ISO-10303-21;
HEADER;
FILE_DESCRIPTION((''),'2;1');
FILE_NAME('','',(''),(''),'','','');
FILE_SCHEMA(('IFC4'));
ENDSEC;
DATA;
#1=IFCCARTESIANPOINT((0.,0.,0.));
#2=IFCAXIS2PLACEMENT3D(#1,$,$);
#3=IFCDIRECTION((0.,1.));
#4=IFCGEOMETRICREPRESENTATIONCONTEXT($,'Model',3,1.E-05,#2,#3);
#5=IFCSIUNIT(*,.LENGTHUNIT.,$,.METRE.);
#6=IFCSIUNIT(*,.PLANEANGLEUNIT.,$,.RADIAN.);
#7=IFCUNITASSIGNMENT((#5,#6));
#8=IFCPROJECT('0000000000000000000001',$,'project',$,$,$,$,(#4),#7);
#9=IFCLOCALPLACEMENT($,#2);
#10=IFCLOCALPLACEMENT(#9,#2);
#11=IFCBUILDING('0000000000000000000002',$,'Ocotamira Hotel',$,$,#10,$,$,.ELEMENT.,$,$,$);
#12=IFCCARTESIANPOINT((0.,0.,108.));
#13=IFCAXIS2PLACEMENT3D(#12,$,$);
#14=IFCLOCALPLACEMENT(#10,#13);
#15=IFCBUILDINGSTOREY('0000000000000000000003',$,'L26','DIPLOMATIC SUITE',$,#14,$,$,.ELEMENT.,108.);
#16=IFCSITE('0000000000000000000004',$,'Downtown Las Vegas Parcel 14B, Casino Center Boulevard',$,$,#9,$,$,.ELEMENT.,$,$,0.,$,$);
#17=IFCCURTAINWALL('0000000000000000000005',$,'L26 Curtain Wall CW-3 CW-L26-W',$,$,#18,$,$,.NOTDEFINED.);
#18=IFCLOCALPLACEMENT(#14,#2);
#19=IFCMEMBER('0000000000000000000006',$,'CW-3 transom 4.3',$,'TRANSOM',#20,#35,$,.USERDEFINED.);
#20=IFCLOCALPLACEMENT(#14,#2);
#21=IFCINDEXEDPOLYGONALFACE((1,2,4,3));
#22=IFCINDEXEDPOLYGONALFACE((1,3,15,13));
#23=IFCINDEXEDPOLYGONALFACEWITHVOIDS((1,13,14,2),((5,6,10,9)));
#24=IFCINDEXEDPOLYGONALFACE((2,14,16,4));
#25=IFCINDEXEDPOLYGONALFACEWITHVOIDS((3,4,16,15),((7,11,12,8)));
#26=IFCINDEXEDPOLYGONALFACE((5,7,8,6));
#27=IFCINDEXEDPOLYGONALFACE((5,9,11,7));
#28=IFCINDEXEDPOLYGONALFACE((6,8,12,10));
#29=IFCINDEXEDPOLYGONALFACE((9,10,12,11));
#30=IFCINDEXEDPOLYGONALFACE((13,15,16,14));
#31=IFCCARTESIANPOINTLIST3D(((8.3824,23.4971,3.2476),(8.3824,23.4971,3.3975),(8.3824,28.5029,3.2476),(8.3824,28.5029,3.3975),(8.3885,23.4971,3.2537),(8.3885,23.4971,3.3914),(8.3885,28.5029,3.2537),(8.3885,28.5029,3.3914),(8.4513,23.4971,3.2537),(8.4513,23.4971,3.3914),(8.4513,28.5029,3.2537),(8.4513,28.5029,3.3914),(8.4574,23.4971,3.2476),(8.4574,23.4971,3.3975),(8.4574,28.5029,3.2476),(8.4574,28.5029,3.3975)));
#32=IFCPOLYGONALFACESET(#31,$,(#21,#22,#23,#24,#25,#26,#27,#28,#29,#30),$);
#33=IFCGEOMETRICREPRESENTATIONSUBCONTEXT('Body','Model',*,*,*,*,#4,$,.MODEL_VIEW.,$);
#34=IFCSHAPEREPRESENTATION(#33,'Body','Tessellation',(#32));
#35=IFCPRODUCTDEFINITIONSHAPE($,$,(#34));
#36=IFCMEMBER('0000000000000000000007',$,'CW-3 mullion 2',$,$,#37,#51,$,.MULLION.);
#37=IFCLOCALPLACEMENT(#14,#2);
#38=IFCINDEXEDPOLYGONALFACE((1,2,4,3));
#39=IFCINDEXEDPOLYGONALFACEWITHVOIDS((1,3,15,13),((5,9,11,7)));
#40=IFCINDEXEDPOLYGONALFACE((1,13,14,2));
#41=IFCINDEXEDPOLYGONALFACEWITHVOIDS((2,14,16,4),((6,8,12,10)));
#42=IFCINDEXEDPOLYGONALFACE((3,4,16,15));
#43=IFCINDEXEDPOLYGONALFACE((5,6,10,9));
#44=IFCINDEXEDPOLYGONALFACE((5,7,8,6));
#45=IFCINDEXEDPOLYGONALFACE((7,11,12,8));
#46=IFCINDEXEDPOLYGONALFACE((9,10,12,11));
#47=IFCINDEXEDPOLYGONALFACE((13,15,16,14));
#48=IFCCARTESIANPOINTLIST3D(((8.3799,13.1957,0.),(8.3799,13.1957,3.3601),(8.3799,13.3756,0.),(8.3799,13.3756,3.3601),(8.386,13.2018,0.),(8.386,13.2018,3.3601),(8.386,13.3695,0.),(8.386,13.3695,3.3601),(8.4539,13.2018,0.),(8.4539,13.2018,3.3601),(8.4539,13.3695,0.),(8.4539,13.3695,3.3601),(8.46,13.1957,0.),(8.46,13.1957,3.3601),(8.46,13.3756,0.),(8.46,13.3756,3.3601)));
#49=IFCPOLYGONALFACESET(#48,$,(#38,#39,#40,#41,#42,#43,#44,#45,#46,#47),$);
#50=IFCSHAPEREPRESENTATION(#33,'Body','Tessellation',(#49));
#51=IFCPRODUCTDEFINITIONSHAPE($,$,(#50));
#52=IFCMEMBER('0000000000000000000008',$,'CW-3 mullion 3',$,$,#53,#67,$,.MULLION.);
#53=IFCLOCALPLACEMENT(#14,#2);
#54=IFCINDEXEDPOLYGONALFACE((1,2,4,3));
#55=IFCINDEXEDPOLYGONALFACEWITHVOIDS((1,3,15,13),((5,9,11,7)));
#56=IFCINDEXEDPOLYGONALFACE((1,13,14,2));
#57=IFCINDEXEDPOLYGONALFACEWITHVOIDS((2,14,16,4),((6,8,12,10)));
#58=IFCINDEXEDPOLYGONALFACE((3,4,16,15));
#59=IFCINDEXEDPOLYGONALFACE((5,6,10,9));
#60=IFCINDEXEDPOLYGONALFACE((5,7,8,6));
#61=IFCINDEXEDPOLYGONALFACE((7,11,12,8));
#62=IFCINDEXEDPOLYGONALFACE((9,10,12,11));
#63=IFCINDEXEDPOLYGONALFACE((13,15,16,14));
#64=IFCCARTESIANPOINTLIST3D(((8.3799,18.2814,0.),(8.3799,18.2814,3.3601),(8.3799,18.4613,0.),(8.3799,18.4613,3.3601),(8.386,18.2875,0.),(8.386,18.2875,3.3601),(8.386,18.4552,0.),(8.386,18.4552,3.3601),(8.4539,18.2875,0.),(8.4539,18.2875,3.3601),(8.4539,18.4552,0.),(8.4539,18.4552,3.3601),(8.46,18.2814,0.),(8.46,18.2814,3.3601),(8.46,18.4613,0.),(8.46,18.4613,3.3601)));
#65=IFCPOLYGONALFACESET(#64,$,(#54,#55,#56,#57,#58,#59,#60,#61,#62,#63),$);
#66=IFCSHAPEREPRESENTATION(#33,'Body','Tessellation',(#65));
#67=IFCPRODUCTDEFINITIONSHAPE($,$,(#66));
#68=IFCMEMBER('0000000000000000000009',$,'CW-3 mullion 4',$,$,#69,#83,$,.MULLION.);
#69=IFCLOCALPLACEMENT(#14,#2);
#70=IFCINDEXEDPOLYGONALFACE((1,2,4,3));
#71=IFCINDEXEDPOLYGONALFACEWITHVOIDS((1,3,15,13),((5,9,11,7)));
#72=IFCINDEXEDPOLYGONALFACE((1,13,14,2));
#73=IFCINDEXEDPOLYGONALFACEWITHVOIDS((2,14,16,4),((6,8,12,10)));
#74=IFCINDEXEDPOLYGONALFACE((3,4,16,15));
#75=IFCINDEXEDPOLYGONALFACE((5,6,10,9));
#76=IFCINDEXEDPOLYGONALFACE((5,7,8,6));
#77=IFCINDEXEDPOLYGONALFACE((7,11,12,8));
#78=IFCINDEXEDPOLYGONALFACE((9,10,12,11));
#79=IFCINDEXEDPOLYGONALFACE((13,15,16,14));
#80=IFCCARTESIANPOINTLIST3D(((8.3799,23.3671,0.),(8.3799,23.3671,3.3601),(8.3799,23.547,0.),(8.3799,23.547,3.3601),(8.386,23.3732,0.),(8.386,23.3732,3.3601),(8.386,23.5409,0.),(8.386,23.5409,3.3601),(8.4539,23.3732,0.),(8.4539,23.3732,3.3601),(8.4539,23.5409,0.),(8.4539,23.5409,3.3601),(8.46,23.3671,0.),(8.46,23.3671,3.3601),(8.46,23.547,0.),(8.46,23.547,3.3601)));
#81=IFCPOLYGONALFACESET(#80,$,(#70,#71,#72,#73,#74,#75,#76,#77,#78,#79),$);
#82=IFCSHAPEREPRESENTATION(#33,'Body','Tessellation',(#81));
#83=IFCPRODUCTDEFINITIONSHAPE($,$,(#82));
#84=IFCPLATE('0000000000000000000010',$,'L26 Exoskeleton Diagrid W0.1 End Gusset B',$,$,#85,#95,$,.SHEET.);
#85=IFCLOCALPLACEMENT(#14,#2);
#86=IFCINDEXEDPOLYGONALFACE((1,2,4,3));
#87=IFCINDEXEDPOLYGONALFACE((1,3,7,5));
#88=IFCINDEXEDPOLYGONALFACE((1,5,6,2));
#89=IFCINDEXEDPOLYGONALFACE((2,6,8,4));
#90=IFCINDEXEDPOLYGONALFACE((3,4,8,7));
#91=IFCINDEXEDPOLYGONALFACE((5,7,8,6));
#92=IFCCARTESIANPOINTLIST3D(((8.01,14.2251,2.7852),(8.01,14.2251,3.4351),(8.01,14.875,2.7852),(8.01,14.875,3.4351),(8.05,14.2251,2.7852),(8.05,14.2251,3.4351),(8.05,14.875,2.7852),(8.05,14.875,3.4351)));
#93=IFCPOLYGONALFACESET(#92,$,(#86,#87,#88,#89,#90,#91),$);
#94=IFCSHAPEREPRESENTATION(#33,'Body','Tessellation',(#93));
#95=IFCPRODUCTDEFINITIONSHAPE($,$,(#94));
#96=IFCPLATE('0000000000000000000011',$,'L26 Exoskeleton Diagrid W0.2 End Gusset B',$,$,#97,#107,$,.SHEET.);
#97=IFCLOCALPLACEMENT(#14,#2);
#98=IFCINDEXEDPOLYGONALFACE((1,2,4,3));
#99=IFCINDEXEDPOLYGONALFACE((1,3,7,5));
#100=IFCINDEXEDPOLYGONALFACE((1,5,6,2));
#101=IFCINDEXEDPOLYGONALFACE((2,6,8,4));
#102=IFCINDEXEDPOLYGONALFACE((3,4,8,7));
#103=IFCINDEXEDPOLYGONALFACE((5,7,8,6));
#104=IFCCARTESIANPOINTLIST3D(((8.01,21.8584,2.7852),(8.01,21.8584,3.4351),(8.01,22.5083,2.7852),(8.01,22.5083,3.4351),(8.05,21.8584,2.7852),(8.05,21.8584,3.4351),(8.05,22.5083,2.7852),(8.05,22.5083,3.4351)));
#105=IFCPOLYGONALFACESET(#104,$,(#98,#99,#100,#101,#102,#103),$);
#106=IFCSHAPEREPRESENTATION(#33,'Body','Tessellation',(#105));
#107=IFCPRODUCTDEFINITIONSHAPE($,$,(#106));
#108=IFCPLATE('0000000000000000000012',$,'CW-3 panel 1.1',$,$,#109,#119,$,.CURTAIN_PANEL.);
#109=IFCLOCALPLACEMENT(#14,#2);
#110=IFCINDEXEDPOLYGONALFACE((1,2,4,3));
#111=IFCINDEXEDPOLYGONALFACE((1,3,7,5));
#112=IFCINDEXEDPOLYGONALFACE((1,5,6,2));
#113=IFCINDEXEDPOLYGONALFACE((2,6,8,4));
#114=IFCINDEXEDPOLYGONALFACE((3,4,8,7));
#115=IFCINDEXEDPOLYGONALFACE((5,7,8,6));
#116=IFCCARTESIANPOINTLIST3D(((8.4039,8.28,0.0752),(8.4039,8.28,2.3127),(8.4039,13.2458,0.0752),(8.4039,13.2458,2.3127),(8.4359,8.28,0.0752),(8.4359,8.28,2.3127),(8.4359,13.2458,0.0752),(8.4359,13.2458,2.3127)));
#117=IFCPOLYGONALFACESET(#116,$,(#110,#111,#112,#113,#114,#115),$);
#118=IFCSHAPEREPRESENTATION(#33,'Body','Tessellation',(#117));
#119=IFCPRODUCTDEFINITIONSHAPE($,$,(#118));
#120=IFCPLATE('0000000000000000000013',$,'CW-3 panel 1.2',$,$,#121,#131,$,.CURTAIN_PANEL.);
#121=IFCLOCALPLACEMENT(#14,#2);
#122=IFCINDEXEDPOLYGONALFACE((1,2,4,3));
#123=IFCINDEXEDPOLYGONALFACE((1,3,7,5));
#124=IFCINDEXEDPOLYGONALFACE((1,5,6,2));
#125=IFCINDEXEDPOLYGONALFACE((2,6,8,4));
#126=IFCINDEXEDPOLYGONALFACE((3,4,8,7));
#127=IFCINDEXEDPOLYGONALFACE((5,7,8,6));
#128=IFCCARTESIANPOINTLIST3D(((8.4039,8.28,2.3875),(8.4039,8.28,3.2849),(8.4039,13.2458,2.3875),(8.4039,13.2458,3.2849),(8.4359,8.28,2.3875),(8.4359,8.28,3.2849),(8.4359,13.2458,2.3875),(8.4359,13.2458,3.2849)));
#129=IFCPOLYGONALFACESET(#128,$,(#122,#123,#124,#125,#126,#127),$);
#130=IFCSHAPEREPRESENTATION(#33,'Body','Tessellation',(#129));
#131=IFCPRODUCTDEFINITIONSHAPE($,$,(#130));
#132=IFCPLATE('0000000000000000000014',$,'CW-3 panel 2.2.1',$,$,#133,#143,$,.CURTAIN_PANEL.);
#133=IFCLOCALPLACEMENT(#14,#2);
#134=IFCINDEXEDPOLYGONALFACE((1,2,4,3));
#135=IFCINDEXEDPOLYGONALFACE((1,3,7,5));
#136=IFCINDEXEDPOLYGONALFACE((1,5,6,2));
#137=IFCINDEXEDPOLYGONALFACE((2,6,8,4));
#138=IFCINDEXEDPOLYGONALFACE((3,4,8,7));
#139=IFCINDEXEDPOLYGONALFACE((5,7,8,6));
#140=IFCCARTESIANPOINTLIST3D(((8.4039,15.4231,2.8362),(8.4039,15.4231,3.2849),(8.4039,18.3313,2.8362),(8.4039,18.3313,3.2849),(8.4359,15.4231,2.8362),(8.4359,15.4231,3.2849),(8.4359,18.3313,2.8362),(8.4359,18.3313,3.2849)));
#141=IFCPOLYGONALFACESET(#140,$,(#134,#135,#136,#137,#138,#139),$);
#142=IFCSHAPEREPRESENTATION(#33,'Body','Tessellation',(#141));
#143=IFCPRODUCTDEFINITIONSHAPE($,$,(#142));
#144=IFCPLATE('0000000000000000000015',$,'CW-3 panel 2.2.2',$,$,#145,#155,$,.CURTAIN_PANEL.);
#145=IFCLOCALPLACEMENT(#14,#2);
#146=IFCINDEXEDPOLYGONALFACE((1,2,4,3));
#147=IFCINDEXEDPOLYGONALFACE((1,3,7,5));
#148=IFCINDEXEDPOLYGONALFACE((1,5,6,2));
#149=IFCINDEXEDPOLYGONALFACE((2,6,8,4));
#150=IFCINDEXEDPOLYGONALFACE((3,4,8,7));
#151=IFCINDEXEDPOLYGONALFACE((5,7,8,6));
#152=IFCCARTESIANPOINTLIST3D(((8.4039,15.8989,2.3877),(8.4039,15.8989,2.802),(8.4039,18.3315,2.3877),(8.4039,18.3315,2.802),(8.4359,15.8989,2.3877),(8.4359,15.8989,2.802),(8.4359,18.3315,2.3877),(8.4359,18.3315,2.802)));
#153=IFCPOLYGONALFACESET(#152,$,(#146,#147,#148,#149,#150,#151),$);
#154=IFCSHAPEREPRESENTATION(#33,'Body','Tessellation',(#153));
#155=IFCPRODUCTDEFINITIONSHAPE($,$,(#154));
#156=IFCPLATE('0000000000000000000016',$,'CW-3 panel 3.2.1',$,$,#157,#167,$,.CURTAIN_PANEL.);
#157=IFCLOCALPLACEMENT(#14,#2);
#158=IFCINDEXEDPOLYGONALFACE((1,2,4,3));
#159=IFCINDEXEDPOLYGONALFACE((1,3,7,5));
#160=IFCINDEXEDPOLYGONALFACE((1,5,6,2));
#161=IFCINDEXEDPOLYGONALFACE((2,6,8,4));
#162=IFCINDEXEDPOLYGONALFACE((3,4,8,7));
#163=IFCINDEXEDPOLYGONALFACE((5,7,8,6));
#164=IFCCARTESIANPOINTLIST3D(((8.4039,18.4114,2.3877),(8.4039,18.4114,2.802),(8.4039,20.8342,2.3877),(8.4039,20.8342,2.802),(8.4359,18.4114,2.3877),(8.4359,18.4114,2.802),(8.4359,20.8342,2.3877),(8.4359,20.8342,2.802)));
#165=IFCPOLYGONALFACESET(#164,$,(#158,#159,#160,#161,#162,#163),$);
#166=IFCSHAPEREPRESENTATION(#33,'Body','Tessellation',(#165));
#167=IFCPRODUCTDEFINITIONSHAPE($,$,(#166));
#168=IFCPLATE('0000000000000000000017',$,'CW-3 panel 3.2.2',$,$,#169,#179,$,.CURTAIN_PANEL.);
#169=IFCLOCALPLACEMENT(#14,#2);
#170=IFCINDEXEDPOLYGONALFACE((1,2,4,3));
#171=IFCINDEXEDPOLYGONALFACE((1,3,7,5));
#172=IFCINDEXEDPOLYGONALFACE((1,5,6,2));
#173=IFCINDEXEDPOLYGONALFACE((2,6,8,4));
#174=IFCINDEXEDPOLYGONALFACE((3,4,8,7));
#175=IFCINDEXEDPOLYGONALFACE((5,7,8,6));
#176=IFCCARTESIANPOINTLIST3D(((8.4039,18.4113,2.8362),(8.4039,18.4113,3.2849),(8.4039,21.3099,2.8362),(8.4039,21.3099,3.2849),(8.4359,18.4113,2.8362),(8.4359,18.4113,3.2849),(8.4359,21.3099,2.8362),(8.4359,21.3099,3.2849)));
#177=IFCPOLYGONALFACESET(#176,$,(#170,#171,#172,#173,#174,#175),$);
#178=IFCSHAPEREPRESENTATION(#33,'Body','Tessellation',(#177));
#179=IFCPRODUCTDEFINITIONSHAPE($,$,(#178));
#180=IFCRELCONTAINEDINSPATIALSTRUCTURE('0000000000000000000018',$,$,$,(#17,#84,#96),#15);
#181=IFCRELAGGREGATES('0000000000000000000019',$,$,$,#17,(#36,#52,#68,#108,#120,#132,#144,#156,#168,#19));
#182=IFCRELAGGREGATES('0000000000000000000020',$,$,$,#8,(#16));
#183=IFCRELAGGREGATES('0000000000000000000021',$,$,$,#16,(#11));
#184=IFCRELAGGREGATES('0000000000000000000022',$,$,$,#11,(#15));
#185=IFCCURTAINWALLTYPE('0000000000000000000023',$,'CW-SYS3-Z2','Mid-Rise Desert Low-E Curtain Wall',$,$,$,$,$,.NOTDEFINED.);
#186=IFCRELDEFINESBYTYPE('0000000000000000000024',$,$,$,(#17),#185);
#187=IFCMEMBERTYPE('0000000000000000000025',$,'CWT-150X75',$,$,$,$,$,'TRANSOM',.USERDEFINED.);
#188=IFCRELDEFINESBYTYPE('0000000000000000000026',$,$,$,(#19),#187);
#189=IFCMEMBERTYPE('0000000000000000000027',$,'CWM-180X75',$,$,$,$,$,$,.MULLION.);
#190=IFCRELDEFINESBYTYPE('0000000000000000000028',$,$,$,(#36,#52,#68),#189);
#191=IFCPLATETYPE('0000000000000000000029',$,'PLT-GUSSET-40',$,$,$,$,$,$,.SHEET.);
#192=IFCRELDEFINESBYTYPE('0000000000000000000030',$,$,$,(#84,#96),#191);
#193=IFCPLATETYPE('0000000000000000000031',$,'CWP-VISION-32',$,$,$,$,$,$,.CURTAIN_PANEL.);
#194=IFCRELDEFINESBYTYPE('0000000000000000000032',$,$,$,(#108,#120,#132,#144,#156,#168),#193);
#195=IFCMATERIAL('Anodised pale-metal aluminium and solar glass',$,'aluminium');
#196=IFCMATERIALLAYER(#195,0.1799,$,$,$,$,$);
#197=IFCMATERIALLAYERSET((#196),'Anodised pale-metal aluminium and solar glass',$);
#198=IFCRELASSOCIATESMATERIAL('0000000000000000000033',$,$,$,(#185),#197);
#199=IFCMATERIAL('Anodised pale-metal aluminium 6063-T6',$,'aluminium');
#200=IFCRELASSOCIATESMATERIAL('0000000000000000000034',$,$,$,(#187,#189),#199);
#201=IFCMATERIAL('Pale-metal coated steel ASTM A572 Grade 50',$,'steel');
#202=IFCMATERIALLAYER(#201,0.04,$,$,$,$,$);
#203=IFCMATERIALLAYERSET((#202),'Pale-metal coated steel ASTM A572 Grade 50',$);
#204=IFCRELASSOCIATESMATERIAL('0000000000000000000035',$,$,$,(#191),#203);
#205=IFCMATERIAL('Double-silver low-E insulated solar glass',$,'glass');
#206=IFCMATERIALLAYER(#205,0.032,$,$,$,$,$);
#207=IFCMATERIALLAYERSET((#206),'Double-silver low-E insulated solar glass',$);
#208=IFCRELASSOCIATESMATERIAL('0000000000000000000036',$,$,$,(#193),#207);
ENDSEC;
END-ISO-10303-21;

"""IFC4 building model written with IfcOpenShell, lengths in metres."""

from ifc_helpers import new_model, si_unit, direction, frame, origin, origin_2d, place, context, subcontext, project, spatial, rectangle, hollow_rectangle, extrude, source, transform, mapped, material, layer, layer_set, material_profile, profile_set, type_object, element, aggregate, save


model = new_model("IFC4")

# Units and contexts
model_context = context("Model", 3, precision=1e-05, world=origin(), true_north=direction((0.0, 1.0)))
body_context = subcontext(model_context, "Body", "Model", "MODEL_VIEW")
ifc_project = project(units=[si_unit("LENGTHUNIT", "METRE"), si_unit("PLANEANGLEUNIT", "RADIAN")], contexts=[model_context])

# Site, building, storey
site_placement = place(None, origin())
site = spatial("IfcSite", under=ifc_project, at=site_placement, Name="Downtown Las Vegas Parcel 14B, Casino Center Boulevard", CompositionType="ELEMENT", RefElevation=0.0)
building_placement = place(site_placement, origin())
building = spatial("IfcBuilding", under=site, at=building_placement, Name="Ocotamira Hotel", CompositionType="ELEMENT")
storey_placement = place(building_placement, frame((0.0, 0.0, 108.0)))
storey = spatial("IfcBuildingStorey", under=building, at=storey_placement, Name="L26", Description="DIPLOMATIC SUITE", CompositionType="ELEMENT", Elevation=108.0)

# Curtain wall, members
ifc_material_1 = material(Name="Anodised pale-metal aluminium and solar glass", Category="aluminium")
ifc_layer_1 = layer(ifc_material_1, 0.1799)
ifc_layer_set_1 = layer_set([ifc_layer_1], Name="Anodised pale-metal aluminium and solar glass")
curtain_wall_type = type_object("IfcCurtainWallType", Name="CW-SYS3-Z2", Description="Mid-Rise Desert Low-E Curtain Wall", PredefinedType="NOTDEFINED", material=ifc_layer_set_1)
curtain_wall_placement = place(storey_placement, origin())
curtain_wall = element("IfcCurtainWall", 1, at=curtain_wall_placement, inside=storey, type_object=curtain_wall_type, Name="L26 Curtain Wall CW-3 CW-L26-W", PredefinedType="NOTDEFINED")
ifc_material_2 = material(Name="Anodised pale-metal aluminium 6063-T6", Category="aluminium")
ifc_material_profile_1 = material_profile(ifc_material_2, hollow_rectangle(XDim=0.075, YDim=0.1499, WallThickness=0.0061, at=origin_2d()), Name="HSS150X75X6")
ifc_profile_set_1 = profile_set([ifc_material_profile_1], Name="Anodised pale-metal aluminium 6063-T6")
member_type_1 = type_object("IfcMemberType", Name="CWT-150X75", ElementType="TRANSOM", PredefinedType="USERDEFINED", material=ifc_profile_set_1)
shared_shape_1 = source(origin(), body_context, "Body", "SweptSolid", [
    extrude(hollow_rectangle(XDim=0.075, YDim=0.1499, WallThickness=0.0061, at=origin_2d()), origin(), (0.0, 0.0, 1.0), 5.0059),
])
member_1_placement = place(storey_placement, frame((8.4199, 23.4971, 3.3225), z_axis=(0.0, 1.0, 0.0), x_axis=(-1.0, 0.0, 0.0)))
member_1 = element("IfcMember", 2, at=member_1_placement, type_object=member_type_1, Name="CW-3 transom 4.3", ObjectType="TRANSOM", PredefinedType="USERDEFINED", context=body_context, shape_type="MappedRepresentation", body=[
    mapped(shared_shape_1, transform((0.0, 0.0, 0.0), scale=1.0)),
])
ifc_material_profile_2 = material_profile(ifc_material_2, hollow_rectangle(XDim=0.0801, YDim=0.1799, WallThickness=0.0061, at=origin_2d()), Name="HSS180X80X6")
ifc_profile_set_2 = profile_set([ifc_material_profile_2], Name="Anodised pale-metal aluminium 6063-T6")
member_type_2 = type_object("IfcMemberType", Name="CWM-180X75", PredefinedType="MULLION", material=ifc_profile_set_2)
shared_shape_2 = source(origin(), body_context, "Body", "SweptSolid", [
    extrude(hollow_rectangle(XDim=0.0801, YDim=0.1799, WallThickness=0.0061, at=origin_2d()), origin(), (0.0, 0.0, 1.0), 3.3601),
])
member_2_placement = place(storey_placement, frame((8.4199, 13.2856, 0.0), z_axis=(0.0, 0.0, 1.0), x_axis=(-1.0, 0.0, 0.0)))
member_2 = element("IfcMember", 3, at=member_2_placement, type_object=member_type_2, Name="CW-3 mullion 2", PredefinedType="MULLION", context=body_context, shape_type="MappedRepresentation", body=[
    mapped(shared_shape_2, transform((0.0, 0.0, 0.0), scale=1.0)),
])
member_3_placement = place(storey_placement, frame((8.4199, 18.3713, 0.0), z_axis=(0.0, 0.0, 1.0), x_axis=(-1.0, 0.0, 0.0)))
member_3 = element("IfcMember", 4, at=member_3_placement, type_object=member_type_2, Name="CW-3 mullion 3", PredefinedType="MULLION", context=body_context, shape_type="MappedRepresentation", body=[
    mapped(shared_shape_2, transform((0.0, 0.0, 0.0), scale=1.0)),
])
member_4_placement = place(storey_placement, frame((8.4199, 23.457, 0.0), z_axis=(0.0, 0.0, 1.0), x_axis=(-1.0, 0.0, 0.0)))
member_4 = element("IfcMember", 5, at=member_4_placement, type_object=member_type_2, Name="CW-3 mullion 4", PredefinedType="MULLION", context=body_context, shape_type="MappedRepresentation", body=[
    mapped(shared_shape_2, transform((0.0, 0.0, 0.0), scale=1.0)),
])

# Plates
ifc_material_3 = material(Name="Pale-metal coated steel ASTM A572 Grade 50", Category="steel")
ifc_layer_2 = layer(ifc_material_3, 0.04)
ifc_layer_set_2 = layer_set([ifc_layer_2], Name="Pale-metal coated steel ASTM A572 Grade 50")
plate_type_1 = type_object("IfcPlateType", Name="PLT-GUSSET-40", PredefinedType="SHEET", material=ifc_layer_set_2)
shared_shape_3 = source(origin(), body_context, "Body", "SweptSolid", [
    extrude(rectangle(XDim=0.04, YDim=0.6499, at=origin_2d()), origin(), (0.0, 0.0, 1.0), 0.6499),
])
for number, where, z_axis, x_axis, name in (
    (6, (8.03, 14.55, 2.7852), (0.0, 0.0, 1.0), (1.0, 0.0, 0.0), "L26 Exoskeleton Diagrid W0.1 End Gusset B"),
    (7, (8.03, 22.1833, 2.7852), (0.0, 0.0, 1.0), (1.0, 0.0, 0.0), "L26 Exoskeleton Diagrid W0.2 End Gusset B"),
):
    element("IfcPlate", number, at=place(storey_placement, frame(where, z_axis=z_axis, x_axis=x_axis)), inside=storey, type_object=plate_type_1, Name=name, PredefinedType="SHEET", context=body_context, shape_type="MappedRepresentation", body=[
        mapped(shared_shape_3, transform((0.0, 0.0, 0.0), scale=1.0)),
    ])

# Plates
ifc_material_4 = material(Name="Double-silver low-E insulated solar glass", Category="glass")
ifc_layer_3 = layer(ifc_material_4, 0.032)
ifc_layer_set_3 = layer_set([ifc_layer_3], Name="Double-silver low-E insulated solar glass")
plate_type_2 = type_object("IfcPlateType", Name="CWP-VISION-32", PredefinedType="CURTAIN_PANEL", material=ifc_layer_set_3)
shared_shape_4 = source(origin(), body_context, "Body", "SweptSolid", [
    extrude(rectangle(XDim=4.9658, YDim=0.032, at=origin_2d()), origin(), (0.0, 0.0, 1.0), 2.2375),
])
plate_1_placement = place(storey_placement, frame((8.4199, 10.7629, 0.0752), z_axis=(0.0, 0.0, 1.0), x_axis=(0.0, 1.0, 0.0)))
plate_1 = element("IfcPlate", 8, at=plate_1_placement, type_object=plate_type_2, Name="CW-3 panel 1.1", PredefinedType="CURTAIN_PANEL", context=body_context, shape_type="MappedRepresentation", body=[
    mapped(shared_shape_4, transform((0.0, 0.0, 0.0), scale=1.0)),
])
shared_shape_5 = source(origin(), body_context, "Body", "SweptSolid", [
    extrude(rectangle(XDim=4.9658, YDim=0.032, at=origin_2d()), origin(), (0.0, 0.0, 1.0), 0.8975),
])
plate_2_placement = place(storey_placement, frame((8.4199, 10.7629, 2.3875), z_axis=(0.0, 0.0, 1.0), x_axis=(0.0, 1.0, 0.0)))
plate_2 = element("IfcPlate", 9, at=plate_2_placement, type_object=plate_type_2, Name="CW-3 panel 1.2", PredefinedType="CURTAIN_PANEL", context=body_context, shape_type="MappedRepresentation", body=[
    mapped(shared_shape_5, transform((0.0, 0.0, 0.0), scale=1.0)),
])
shared_shape_6 = source(origin(), body_context, "Body", "SweptSolid", [
    extrude(rectangle(XDim=2.9082, YDim=0.032, at=origin_2d()), origin(), (0.0, 0.0, 1.0), 0.4487),
])
plate_3_placement = place(storey_placement, frame((8.4199, 16.8772, 2.8362), z_axis=(0.0, 0.0, 1.0), x_axis=(0.0, 1.0, 0.0)))
plate_3 = element("IfcPlate", 10, at=plate_3_placement, type_object=plate_type_2, Name="CW-3 panel 2.2.1", PredefinedType="CURTAIN_PANEL", context=body_context, shape_type="MappedRepresentation", body=[
    mapped(shared_shape_6, transform((0.0, 0.0, 0.0), scale=1.0)),
])
shared_shape_7 = source(origin(), body_context, "Body", "SweptSolid", [
    extrude(rectangle(XDim=2.4326, YDim=0.032, at=origin_2d()), origin(), (0.0, 0.0, 1.0), 0.4143),
])
plate_4_placement = place(storey_placement, frame((8.4199, 17.1152, 2.3877), z_axis=(0.0, 0.0, 1.0), x_axis=(0.0, 1.0, 0.0)))
plate_4 = element("IfcPlate", 11, at=plate_4_placement, type_object=plate_type_2, Name="CW-3 panel 2.2.2", PredefinedType="CURTAIN_PANEL", context=body_context, shape_type="MappedRepresentation", body=[
    mapped(shared_shape_7, transform((0.0, 0.0, 0.0), scale=1.0)),
])
shared_shape_8 = source(origin(), body_context, "Body", "SweptSolid", [
    extrude(rectangle(XDim=2.4229, YDim=0.032, at=origin_2d()), origin(), (0.0, 0.0, 1.0), 0.4143),
])
plate_5_placement = place(storey_placement, frame((8.4199, 19.6228, 2.3877), z_axis=(0.0, 0.0, 1.0), x_axis=(0.0, 1.0, 0.0)))
plate_5 = element("IfcPlate", 12, at=plate_5_placement, type_object=plate_type_2, Name="CW-3 panel 3.2.1", PredefinedType="CURTAIN_PANEL", context=body_context, shape_type="MappedRepresentation", body=[
    mapped(shared_shape_8, transform((0.0, 0.0, 0.0), scale=1.0)),
])
shared_shape_9 = source(origin(), body_context, "Body", "SweptSolid", [
    extrude(rectangle(XDim=2.8987, YDim=0.032, at=origin_2d()), origin(), (0.0, 0.0, 1.0), 0.4487),
])
plate_6_placement = place(storey_placement, frame((8.4199, 19.8606, 2.8362), z_axis=(0.0, 0.0, 1.0), x_axis=(0.0, 1.0, 0.0)))
plate_6 = element("IfcPlate", 13, at=plate_6_placement, type_object=plate_type_2, Name="CW-3 panel 3.2.2", PredefinedType="CURTAIN_PANEL", context=body_context, shape_type="MappedRepresentation", body=[
    mapped(shared_shape_9, transform((0.0, 0.0, 0.0), scale=1.0)),
])
aggregate(curtain_wall, [member_2, member_3, member_4, plate_1, plate_2, plate_3, plate_4, plate_5, plate_6, member_1])

save(model, "model.ifc")
